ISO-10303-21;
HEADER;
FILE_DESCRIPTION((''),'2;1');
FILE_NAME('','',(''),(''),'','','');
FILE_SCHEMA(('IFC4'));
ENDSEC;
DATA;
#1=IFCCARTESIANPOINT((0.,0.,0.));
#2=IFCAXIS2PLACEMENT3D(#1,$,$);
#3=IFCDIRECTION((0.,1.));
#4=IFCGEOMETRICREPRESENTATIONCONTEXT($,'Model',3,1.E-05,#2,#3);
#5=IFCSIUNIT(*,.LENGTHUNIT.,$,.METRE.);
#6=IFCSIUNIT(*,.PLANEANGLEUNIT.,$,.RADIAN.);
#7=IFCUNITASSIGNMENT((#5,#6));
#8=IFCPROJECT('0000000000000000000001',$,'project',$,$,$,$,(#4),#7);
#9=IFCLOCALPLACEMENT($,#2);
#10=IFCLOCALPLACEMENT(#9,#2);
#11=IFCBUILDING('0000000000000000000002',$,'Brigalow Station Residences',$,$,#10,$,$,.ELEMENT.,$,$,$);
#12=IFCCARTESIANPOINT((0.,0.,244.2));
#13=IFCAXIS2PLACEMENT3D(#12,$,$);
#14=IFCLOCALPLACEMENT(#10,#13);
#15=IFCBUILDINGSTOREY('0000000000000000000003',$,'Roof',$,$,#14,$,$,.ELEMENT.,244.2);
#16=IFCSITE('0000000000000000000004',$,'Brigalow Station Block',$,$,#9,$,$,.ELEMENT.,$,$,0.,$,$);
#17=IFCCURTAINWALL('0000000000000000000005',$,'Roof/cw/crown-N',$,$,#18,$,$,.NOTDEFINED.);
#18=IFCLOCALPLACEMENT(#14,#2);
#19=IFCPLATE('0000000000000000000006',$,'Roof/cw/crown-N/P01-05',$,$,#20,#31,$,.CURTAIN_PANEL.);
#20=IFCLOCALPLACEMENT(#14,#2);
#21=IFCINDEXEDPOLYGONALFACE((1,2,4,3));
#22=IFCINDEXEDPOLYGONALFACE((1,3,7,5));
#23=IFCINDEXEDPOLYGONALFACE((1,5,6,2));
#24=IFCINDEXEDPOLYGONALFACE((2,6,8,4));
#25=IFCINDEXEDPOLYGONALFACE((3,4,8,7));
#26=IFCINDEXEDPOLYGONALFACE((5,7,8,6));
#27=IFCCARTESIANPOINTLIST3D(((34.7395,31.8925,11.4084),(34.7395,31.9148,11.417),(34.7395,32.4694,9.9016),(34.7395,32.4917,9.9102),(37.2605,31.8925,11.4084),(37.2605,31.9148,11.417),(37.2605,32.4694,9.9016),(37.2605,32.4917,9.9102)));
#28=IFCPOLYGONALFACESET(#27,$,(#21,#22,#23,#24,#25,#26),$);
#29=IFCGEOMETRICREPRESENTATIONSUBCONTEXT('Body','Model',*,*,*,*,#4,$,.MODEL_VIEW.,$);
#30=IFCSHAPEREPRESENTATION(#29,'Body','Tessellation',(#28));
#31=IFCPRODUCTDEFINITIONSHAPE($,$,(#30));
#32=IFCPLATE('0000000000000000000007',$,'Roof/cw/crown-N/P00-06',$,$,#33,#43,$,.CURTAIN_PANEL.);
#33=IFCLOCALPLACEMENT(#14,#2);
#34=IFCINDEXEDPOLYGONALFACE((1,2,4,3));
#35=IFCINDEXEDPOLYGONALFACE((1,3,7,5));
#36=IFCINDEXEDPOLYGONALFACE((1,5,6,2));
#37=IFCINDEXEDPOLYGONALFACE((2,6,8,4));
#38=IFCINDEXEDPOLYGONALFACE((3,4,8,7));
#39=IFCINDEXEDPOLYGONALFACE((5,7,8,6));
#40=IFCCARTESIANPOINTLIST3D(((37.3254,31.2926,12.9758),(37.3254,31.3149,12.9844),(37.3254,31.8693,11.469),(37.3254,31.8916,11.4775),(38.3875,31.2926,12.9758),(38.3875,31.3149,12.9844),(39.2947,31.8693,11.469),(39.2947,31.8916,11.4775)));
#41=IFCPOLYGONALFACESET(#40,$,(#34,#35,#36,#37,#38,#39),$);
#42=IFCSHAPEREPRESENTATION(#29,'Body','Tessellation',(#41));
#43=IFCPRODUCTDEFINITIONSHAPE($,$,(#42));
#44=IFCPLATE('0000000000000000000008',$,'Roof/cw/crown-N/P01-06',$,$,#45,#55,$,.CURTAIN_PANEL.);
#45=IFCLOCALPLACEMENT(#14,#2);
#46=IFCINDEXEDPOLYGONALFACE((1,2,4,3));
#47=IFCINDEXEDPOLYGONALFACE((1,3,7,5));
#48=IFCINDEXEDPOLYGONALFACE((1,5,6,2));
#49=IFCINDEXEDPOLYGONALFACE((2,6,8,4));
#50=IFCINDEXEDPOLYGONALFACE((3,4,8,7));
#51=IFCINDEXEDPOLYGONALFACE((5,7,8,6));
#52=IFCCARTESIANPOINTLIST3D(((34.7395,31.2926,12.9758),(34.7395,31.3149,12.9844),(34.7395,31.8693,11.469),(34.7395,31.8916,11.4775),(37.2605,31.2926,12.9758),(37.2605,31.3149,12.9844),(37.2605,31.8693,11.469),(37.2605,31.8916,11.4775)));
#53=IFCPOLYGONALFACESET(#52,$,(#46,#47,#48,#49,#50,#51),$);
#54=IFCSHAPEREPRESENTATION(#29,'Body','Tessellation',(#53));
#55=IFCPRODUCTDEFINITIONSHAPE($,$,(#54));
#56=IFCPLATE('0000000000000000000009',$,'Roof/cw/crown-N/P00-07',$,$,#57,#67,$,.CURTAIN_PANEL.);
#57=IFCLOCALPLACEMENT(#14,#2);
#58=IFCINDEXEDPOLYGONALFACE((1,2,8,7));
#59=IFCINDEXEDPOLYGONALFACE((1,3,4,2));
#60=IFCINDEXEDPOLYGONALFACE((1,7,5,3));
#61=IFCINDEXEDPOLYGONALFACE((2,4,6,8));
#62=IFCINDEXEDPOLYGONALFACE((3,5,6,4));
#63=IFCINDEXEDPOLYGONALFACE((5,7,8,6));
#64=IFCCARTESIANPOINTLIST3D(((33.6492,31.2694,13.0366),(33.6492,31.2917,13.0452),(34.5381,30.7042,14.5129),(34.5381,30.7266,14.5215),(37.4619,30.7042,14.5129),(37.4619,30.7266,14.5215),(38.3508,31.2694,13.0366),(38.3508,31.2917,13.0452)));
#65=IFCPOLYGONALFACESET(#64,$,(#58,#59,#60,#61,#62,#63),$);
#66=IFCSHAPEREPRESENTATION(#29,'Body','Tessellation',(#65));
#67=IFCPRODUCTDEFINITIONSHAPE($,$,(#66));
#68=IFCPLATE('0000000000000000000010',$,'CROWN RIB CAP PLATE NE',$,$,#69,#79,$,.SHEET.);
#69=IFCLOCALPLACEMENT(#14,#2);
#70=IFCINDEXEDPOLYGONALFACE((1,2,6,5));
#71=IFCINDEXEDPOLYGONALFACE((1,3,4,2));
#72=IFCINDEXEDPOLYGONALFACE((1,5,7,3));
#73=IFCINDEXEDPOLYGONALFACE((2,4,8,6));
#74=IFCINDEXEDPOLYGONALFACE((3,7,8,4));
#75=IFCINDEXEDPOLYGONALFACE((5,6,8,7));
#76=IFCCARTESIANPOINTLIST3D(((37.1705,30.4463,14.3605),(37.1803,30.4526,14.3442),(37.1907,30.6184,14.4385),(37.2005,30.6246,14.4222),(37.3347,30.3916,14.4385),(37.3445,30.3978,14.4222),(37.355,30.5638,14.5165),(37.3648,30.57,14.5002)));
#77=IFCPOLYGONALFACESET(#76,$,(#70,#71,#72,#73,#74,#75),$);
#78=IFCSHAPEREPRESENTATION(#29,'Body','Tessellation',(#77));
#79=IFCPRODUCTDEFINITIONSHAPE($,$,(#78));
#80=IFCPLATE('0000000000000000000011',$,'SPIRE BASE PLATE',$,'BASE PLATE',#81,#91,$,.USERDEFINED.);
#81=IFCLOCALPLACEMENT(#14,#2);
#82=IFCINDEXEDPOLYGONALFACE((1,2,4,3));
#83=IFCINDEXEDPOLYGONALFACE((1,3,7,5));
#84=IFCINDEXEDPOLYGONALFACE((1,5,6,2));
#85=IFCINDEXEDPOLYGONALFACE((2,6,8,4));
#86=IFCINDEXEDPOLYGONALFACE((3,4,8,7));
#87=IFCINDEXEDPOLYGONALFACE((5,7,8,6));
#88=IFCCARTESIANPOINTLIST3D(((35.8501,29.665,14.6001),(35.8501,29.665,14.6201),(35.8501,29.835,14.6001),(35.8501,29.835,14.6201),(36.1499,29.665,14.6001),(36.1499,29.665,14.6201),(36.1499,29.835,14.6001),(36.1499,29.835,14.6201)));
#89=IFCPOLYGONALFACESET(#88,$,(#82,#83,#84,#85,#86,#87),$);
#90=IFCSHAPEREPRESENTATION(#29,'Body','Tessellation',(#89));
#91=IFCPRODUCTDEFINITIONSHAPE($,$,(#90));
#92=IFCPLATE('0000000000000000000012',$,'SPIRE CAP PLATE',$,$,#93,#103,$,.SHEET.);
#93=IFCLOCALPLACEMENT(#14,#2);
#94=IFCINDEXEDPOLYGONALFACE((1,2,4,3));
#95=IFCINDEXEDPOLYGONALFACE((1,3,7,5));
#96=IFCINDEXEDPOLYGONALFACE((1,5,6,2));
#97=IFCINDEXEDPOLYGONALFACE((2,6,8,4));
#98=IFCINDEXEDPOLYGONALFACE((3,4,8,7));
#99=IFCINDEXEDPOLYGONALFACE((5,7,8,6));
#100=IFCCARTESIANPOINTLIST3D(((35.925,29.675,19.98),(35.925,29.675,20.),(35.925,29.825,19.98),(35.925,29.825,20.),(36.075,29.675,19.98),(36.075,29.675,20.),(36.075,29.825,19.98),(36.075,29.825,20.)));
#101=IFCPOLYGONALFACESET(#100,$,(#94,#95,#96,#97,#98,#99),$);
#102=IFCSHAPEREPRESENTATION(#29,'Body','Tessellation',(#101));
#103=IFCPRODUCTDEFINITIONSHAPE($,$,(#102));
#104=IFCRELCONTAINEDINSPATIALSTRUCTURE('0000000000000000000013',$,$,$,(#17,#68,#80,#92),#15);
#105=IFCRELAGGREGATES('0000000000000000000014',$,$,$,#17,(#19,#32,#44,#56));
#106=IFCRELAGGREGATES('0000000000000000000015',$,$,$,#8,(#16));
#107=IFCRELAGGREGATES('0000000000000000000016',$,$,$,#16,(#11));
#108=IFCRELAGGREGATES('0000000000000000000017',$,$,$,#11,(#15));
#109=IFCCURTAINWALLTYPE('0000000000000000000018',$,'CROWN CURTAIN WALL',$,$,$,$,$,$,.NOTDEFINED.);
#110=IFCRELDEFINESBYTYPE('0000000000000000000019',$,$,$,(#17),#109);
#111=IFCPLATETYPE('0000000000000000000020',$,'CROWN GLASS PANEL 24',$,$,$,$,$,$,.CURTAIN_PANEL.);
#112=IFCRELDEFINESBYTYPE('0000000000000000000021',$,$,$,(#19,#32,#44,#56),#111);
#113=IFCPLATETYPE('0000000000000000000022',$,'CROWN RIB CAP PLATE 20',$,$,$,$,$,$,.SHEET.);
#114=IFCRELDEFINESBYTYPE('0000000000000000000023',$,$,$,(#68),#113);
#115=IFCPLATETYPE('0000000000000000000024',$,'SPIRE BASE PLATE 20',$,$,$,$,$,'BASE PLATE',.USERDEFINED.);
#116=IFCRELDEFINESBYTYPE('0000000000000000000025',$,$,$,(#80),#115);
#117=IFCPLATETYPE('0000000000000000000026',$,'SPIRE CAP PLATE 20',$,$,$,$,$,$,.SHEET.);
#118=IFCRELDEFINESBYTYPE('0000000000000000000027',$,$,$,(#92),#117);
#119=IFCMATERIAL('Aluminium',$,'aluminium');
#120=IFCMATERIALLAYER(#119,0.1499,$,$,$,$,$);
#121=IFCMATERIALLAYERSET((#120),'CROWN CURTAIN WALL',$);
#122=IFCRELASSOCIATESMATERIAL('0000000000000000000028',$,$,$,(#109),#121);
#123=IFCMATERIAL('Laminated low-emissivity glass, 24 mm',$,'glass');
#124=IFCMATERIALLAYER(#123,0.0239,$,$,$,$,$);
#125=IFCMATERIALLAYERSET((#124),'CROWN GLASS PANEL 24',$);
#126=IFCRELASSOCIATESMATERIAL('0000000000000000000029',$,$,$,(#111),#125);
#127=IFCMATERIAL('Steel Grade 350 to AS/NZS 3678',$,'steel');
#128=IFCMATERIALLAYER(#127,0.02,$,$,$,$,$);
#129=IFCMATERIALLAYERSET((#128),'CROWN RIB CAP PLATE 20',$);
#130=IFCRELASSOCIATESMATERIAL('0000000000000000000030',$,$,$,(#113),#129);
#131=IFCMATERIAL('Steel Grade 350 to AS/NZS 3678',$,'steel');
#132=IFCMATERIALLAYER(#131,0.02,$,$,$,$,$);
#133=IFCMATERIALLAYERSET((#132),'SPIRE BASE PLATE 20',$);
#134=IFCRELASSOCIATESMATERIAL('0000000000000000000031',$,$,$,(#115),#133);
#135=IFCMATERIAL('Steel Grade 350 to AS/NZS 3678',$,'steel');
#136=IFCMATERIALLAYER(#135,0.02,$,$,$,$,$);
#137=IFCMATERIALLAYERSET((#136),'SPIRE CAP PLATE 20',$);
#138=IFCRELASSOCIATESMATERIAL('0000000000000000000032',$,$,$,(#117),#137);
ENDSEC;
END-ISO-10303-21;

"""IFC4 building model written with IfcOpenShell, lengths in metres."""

from ifc_helpers import new_model, si_unit, direction, frame, origin, place, context, subcontext, project, spatial, polyline, outline, extrude, material, layer, layer_set, type_object, element, aggregate, save


model = new_model("IFC4")

# Units and contexts
model_context = context("Model", 3, precision=1e-05, world=origin(), true_north=direction((0.0, 1.0)))
body_context = subcontext(model_context, "Body", "Model", "MODEL_VIEW")
ifc_project = project(units=[si_unit("LENGTHUNIT", "METRE"), si_unit("PLANEANGLEUNIT", "RADIAN")], contexts=[model_context])

# Site, building, storey
site_placement = place(None, origin())
site = spatial("IfcSite", under=ifc_project, at=site_placement, Name="Brigalow Station Block", CompositionType="ELEMENT", RefElevation=0.0)
building_placement = place(site_placement, origin())
building = spatial("IfcBuilding", under=site, at=building_placement, Name="Brigalow Station Residences", CompositionType="ELEMENT")
storey_placement = place(building_placement, frame((0.0, 0.0, 244.2)))
storey = spatial("IfcBuildingStorey", under=building, at=storey_placement, Name="Roof", CompositionType="ELEMENT", Elevation=244.2)

# Shared definitions
ifc_material_1 = material(Name="Aluminium", Category="aluminium")
ifc_layer_1 = layer(ifc_material_1, 0.1499)
ifc_layer_set_1 = layer_set([ifc_layer_1], Name="CROWN CURTAIN WALL")
curtain_wall_type = type_object("IfcCurtainWallType", Name="CROWN CURTAIN WALL", PredefinedType="NOTDEFINED", material=ifc_layer_set_1)

# Curtain wall
curtain_wall_1_placement = place(storey_placement, origin())
curtain_wall_1 = element("IfcCurtainWall", 1, at=curtain_wall_1_placement, inside=storey, type_object=curtain_wall_type, Name="Roof/cw/crown-N", PredefinedType="NOTDEFINED")

# Plates
ifc_material_2 = material(Name="Laminated low-emissivity glass, 24 mm", Category="glass")
ifc_layer_2 = layer(ifc_material_2, 0.0239)
ifc_layer_set_2 = layer_set([ifc_layer_2], Name="CROWN GLASS PANEL 24")
plate_type_1 = type_object("IfcPlateType", Name="CROWN GLASS PANEL 24", PredefinedType="CURTAIN_PANEL", material=ifc_layer_set_2)
plate_1_placement = place(storey_placement, frame((37.2605, 32.4917, 9.9102), z_axis=(0.0, 0.933894, 0.357549), x_axis=(-1.0, 0.0, 0.0)))
plate_1 = element("IfcPlate", 2, at=plate_1_placement, type_object=plate_type_1, Name="Roof/cw/crown-N/P01-05", PredefinedType="CURTAIN_PANEL", context=body_context, shape_type="SweptSolid", body=[
    extrude(outline(polyline([(0.0, 0.0), (2.521, 0.0), (2.521, 1.6135), (0.0, 1.6135), (0.0, 0.0)])), origin(), (0.0, 0.0, -1.0), 0.0239),
])
plate_2_placement = place(storey_placement, frame((39.2947, 31.8916, 11.4775), z_axis=(0.0, 0.933945, 0.357417), x_axis=(-1.0, 0.0, 0.0)))
plate_2 = element("IfcPlate", 3, at=plate_2_placement, type_object=plate_type_1, Name="Roof/cw/crown-N/P00-06", PredefinedType="CURTAIN_PANEL", context=body_context, shape_type="SweptSolid", body=[
    extrude(outline(polyline([(0.0, 0.0), (1.9692, 0.0), (1.9692, 1.6134), (0.9072, 1.6134), (0.0, 0.0)])), origin(), (0.0, 0.0, -1.0), 0.0239),
])
plate_3_placement = place(storey_placement, frame((37.2605, 31.8916, 11.4775), z_axis=(0.0, 0.933945, 0.357417), x_axis=(-1.0, 0.0, 0.0)))
plate_3 = element("IfcPlate", 4, at=plate_3_placement, type_object=plate_type_1, Name="Roof/cw/crown-N/P01-06", PredefinedType="CURTAIN_PANEL", context=body_context, shape_type="SweptSolid", body=[
    extrude(outline(polyline([(0.0, 0.0), (2.521, 0.0), (2.521, 1.6134), (0.0, 1.6134), (0.0, 0.0)])), origin(), (0.0, 0.0, -1.0), 0.0239),
])
plate_4_placement = place(storey_placement, frame((38.3508, 31.2917, 13.0452), z_axis=(0.0, 0.933902, 0.35753), x_axis=(-1.0, 0.0, 0.0)))
plate_4 = element("IfcPlate", 5, at=plate_4_placement, type_object=plate_type_1, Name="Roof/cw/crown-N/P00-07", PredefinedType="CURTAIN_PANEL", context=body_context, shape_type="SweptSolid", body=[
    extrude(outline(polyline([(0.0, 0.0), (4.7017, 0.0), (3.8127, 1.5808), (0.8889, 1.5808), (0.0, 0.0)])), origin(), (0.0, 0.0, -1.0), 0.0239),
])
aggregate(curtain_wall_1, [plate_1, plate_2, plate_3, plate_4])

# Plates
ifc_material_3 = material(Name="Steel Grade 350 to AS/NZS 3678", Category="steel")
ifc_layer_3 = layer(ifc_material_3, 0.02)
ifc_layer_set_3 = layer_set([ifc_layer_3], Name="CROWN RIB CAP PLATE 20")
plate_type_2 = type_object("IfcPlateType", Name="CROWN RIB CAP PLATE 20", PredefinedType="SHEET", material=ifc_layer_set_3)
plate_5_placement = place(storey_placement, frame((37.1907, 30.6184, 14.4385), z_axis=(-0.490126, -0.311275, 0.814177), x_axis=(-0.106393, -0.905714, -0.410319)))
element("IfcPlate", 6, at=plate_5_placement, inside=storey, type_object=plate_type_2, Name="CROWN RIB CAP PLATE NE", PredefinedType="SHEET", context=body_context, shape_type="SweptSolid", body=[
    extrude(outline(polyline([(0.0, 0.0), (0.19, 0.0), (0.1901, 0.1899), (0.0, 0.19), (0.0, 0.0)])), origin(), (0.0, 0.0, -1.0), 0.02),
])
ifc_material_4 = material(Name="Steel Grade 350 to AS/NZS 3678", Category="steel")
ifc_layer_4 = layer(ifc_material_4, 0.02)
ifc_layer_set_4 = layer_set([ifc_layer_4], Name="SPIRE BASE PLATE 20")
plate_type_3 = type_object("IfcPlateType", Name="SPIRE BASE PLATE 20", ElementType="BASE PLATE", PredefinedType="USERDEFINED", material=ifc_layer_set_4)
plate_6_placement = place(storey_placement, frame((35.8501, 29.665, 14.6201), z_axis=(0.0, 0.0, 1.0), x_axis=(1.0, 0.0, 0.0)))
element("IfcPlate", 7, at=plate_6_placement, inside=storey, type_object=plate_type_3, Name="SPIRE BASE PLATE", ObjectType="BASE PLATE", PredefinedType="USERDEFINED", context=body_context, shape_type="SweptSolid", body=[
    extrude(outline(polyline([(0.0, 0.0), (0.2998, 0.0), (0.2998, 0.1699), (0.0, 0.1699), (0.0, 0.0)])), origin(), (0.0, 0.0, -1.0), 0.02),
])
ifc_material_5 = material(Name="Steel Grade 350 to AS/NZS 3678", Category="steel")
ifc_layer_5 = layer(ifc_material_5, 0.02)
ifc_layer_set_5 = layer_set([ifc_layer_5], Name="SPIRE CAP PLATE 20")
plate_type_4 = type_object("IfcPlateType", Name="SPIRE CAP PLATE 20", PredefinedType="SHEET", material=ifc_layer_set_5)
plate_7_placement = place(storey_placement, frame((35.925, 29.675, 20.0), z_axis=(0.0, 0.0, 1.0), x_axis=(1.0, 0.0, 0.0)))
element("IfcPlate", 8, at=plate_7_placement, inside=storey, type_object=plate_type_4, Name="SPIRE CAP PLATE", PredefinedType="SHEET", context=body_context, shape_type="SweptSolid", body=[
    extrude(outline(polyline([(0.0, 0.0), (0.1499, 0.0), (0.1499, 0.1499), (0.0, 0.1499), (0.0, 0.0)])), origin(), (0.0, 0.0, -1.0), 0.02),
])

save(model, "model.ifc")
